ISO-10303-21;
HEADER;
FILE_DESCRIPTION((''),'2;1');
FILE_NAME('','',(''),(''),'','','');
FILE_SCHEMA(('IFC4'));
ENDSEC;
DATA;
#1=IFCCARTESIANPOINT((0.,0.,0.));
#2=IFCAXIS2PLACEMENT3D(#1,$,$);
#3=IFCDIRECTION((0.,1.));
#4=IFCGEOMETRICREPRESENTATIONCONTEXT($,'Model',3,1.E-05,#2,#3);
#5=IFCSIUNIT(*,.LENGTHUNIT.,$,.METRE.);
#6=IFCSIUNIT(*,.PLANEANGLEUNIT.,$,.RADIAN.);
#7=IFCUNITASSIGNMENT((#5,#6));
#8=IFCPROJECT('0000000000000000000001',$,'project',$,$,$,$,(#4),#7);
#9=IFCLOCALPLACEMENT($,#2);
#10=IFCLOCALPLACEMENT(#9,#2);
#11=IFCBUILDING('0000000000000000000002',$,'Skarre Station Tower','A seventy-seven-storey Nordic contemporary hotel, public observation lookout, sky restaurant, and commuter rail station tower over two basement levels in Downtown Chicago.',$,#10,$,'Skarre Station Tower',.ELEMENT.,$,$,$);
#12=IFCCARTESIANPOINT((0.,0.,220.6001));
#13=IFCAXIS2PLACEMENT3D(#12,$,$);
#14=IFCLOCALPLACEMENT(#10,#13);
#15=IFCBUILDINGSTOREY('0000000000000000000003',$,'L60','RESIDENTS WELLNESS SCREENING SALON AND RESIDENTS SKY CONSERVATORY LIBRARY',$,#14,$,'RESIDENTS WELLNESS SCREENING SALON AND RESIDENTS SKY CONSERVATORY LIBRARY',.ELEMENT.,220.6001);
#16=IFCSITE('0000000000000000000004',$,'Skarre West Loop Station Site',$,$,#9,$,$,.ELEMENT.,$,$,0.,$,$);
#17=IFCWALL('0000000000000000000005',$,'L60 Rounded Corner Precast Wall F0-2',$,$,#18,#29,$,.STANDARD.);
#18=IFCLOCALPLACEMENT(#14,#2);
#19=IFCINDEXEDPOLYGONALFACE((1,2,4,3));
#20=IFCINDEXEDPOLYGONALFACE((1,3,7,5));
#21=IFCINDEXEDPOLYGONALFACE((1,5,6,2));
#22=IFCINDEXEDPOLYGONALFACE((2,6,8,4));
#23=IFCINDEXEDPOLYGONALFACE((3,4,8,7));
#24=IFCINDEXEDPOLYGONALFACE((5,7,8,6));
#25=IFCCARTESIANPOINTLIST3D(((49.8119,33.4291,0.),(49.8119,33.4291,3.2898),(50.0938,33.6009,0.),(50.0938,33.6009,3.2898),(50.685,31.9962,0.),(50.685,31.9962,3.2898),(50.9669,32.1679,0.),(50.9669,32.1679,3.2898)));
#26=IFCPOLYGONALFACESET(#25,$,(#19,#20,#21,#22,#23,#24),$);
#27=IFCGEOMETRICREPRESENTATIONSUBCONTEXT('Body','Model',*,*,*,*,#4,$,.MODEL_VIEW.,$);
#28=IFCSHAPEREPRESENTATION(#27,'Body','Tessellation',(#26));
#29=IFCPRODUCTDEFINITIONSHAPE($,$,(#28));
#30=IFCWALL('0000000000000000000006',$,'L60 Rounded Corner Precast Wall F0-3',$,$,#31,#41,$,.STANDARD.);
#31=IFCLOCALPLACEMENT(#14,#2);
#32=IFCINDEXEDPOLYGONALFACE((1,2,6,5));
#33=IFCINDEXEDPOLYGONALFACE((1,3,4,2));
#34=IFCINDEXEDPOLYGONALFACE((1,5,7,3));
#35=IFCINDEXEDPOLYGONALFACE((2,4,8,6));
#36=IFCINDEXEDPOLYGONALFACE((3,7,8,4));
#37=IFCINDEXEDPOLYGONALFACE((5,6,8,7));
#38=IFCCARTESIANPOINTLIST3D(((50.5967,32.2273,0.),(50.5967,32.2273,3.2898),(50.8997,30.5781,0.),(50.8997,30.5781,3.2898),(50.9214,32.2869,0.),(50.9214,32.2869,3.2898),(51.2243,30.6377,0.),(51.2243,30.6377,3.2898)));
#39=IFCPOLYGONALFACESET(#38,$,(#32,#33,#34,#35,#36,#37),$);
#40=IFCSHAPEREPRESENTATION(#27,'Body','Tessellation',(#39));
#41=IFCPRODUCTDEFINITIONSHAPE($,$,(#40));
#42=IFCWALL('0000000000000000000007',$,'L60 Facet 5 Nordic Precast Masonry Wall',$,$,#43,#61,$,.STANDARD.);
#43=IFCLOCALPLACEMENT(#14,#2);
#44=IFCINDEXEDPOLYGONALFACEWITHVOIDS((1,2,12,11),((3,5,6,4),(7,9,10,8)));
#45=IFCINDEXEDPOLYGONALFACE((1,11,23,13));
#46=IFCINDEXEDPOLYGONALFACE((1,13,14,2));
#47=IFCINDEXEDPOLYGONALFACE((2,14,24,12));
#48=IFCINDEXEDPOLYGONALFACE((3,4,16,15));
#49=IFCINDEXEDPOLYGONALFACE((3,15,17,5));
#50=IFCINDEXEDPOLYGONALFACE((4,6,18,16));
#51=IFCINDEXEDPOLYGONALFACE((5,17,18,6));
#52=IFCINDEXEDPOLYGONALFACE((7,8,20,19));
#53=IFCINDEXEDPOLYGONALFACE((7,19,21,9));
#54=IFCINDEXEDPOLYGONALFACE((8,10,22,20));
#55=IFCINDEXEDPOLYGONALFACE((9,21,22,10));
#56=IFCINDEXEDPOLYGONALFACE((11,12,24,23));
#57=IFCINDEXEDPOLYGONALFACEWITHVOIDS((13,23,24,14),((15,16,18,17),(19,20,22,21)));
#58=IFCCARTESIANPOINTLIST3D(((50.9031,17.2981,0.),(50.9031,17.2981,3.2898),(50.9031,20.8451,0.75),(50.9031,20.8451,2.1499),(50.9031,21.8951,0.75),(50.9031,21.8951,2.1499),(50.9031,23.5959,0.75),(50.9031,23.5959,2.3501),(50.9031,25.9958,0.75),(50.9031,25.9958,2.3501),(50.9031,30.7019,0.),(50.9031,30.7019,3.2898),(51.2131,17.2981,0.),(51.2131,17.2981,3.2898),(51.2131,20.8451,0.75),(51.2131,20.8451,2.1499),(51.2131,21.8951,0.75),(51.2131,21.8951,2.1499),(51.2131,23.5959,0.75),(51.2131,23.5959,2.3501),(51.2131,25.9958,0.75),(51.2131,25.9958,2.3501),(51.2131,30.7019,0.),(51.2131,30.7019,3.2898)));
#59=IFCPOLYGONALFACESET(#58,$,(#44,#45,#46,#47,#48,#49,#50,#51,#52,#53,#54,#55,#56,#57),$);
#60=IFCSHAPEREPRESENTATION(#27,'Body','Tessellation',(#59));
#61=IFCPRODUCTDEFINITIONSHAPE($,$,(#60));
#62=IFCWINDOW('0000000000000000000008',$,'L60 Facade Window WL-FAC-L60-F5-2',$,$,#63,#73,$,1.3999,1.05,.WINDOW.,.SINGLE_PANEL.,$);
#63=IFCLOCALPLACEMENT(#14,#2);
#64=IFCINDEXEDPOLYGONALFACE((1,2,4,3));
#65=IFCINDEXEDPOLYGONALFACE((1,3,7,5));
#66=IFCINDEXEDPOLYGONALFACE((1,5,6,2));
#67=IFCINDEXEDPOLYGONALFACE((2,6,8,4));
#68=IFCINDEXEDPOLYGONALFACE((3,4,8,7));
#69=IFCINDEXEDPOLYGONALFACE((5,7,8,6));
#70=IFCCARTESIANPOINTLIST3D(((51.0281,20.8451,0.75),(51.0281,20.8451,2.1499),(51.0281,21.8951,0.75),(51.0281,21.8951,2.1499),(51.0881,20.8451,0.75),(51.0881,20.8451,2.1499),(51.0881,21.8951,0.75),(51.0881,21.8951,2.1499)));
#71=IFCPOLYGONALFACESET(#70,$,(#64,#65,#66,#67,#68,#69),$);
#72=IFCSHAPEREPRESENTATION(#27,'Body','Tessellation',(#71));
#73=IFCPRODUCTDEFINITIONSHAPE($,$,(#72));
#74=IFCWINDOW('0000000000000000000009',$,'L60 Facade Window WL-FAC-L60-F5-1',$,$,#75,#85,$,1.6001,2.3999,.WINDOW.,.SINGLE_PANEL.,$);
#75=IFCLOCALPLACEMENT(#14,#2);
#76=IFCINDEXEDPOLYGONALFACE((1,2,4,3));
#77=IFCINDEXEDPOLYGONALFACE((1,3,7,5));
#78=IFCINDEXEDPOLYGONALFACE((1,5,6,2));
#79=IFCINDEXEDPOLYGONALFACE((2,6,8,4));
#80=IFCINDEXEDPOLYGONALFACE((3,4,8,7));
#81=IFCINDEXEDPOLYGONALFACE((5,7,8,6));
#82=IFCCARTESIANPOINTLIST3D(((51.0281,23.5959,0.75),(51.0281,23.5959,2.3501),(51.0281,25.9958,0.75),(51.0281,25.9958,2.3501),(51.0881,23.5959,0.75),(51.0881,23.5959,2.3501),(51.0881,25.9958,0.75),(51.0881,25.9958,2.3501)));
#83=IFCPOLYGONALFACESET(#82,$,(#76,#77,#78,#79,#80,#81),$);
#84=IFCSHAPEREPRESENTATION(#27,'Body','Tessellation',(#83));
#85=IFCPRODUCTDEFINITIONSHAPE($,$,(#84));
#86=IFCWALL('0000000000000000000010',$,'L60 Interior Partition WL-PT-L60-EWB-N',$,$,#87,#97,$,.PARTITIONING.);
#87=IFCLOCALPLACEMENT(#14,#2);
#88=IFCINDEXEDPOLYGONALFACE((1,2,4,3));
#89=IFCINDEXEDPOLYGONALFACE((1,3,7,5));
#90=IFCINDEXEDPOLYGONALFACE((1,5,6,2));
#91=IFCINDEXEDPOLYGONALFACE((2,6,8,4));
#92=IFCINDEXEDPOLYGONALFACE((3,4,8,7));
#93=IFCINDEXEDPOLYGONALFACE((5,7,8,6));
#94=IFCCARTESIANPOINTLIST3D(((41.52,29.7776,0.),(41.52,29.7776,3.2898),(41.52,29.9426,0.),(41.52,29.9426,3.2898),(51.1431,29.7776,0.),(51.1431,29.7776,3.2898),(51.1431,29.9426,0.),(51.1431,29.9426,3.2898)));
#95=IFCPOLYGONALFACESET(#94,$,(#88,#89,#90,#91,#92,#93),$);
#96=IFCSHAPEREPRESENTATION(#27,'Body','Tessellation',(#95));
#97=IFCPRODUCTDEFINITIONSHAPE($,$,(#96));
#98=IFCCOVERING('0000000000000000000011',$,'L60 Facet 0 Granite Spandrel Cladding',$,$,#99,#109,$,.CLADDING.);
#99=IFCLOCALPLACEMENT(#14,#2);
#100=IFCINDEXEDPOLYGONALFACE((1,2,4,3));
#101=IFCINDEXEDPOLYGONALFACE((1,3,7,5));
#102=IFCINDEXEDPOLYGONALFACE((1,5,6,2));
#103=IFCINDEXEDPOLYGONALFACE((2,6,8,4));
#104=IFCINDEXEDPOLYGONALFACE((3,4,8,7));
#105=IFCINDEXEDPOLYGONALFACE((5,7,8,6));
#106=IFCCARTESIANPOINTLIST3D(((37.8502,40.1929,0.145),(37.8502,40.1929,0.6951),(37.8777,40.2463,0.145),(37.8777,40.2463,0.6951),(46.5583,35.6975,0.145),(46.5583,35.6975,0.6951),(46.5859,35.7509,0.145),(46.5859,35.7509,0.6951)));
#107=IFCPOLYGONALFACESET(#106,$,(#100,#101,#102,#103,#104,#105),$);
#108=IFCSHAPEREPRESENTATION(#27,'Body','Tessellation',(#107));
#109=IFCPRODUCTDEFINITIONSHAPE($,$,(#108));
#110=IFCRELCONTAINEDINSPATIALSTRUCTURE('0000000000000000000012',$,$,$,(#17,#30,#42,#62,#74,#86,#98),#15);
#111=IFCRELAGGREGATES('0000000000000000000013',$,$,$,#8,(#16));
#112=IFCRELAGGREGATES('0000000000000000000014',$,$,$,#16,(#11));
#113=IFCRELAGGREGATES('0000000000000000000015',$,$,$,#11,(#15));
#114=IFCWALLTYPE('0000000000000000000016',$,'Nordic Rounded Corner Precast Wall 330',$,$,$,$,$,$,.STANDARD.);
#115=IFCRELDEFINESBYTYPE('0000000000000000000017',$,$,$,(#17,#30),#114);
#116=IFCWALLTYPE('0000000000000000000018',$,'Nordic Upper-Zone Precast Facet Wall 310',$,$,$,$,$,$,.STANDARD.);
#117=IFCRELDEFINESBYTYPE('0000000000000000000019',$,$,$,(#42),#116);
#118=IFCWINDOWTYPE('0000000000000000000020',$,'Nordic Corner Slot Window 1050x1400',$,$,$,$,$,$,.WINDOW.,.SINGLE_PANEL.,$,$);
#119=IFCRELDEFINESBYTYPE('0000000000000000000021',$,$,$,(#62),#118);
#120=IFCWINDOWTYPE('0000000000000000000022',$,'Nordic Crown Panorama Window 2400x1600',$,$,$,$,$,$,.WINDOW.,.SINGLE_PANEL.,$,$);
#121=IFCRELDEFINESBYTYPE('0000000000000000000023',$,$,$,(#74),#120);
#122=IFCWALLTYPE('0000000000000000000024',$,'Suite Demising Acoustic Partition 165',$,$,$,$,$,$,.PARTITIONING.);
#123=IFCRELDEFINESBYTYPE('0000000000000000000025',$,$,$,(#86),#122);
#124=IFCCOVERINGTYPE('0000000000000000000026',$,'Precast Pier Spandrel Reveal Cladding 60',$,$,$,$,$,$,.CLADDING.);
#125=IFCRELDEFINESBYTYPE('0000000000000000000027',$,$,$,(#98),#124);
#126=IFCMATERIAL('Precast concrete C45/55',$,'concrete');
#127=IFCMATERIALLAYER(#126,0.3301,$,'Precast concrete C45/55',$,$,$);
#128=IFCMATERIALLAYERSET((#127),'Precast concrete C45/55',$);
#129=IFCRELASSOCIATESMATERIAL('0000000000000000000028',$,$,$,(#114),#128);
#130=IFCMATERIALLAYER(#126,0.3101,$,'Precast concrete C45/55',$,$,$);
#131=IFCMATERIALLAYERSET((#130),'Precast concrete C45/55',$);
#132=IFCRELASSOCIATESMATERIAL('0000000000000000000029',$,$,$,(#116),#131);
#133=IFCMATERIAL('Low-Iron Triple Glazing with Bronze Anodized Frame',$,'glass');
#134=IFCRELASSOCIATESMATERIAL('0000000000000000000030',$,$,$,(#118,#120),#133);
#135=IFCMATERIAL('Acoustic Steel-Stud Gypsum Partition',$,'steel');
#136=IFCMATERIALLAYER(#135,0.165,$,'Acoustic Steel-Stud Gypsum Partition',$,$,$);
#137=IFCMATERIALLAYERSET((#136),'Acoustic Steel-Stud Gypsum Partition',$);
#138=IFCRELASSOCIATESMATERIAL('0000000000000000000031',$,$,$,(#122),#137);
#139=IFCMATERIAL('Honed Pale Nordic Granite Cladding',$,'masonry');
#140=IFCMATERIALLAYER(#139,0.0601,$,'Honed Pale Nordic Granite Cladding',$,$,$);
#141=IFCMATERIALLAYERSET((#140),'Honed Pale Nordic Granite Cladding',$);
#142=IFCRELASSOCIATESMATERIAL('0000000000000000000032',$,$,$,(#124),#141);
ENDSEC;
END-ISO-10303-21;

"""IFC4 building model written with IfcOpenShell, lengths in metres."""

from ifc_helpers import new_model, si_unit, direction, frame, frame_2d, origin, origin_2d, place, context, subcontext, project, spatial, rectangle, extrude, material, layer, layer_set, type_object, element, fill, save


model = new_model("IFC4")

# Units and contexts
model_context = context("Model", 3, precision=1e-05, world=origin(), true_north=direction((0.0, 1.0)))
body_context = subcontext(model_context, "Body", "Model", "MODEL_VIEW")
ifc_project = project(units=[si_unit("LENGTHUNIT", "METRE"), si_unit("PLANEANGLEUNIT", "RADIAN")], contexts=[model_context])

# Site, building, storey
site_placement = place(None, origin())
site = spatial("IfcSite", under=ifc_project, at=site_placement, Name="Skarre West Loop Station Site", CompositionType="ELEMENT", RefElevation=0.0)
building_placement = place(site_placement, origin())
building = spatial("IfcBuilding", under=site, at=building_placement, Name="Skarre Station Tower", Description="A seventy-seven-storey Nordic contemporary hotel, public observation lookout, sky restaurant, and commuter rail station tower over two basement levels in Downtown Chicago.", LongName="Skarre Station Tower", CompositionType="ELEMENT")
storey_placement = place(building_placement, frame((0.0, 0.0, 220.6001)))
storey = spatial("IfcBuildingStorey", under=building, at=storey_placement, Name="L60", Description="RESIDENTS WELLNESS SCREENING SALON AND RESIDENTS SKY CONSERVATORY LIBRARY", LongName="RESIDENTS WELLNESS SCREENING SALON AND RESIDENTS SKY CONSERVATORY LIBRARY", CompositionType="ELEMENT", Elevation=220.6001)

# Shared definitions
ifc_material_1 = material(Name="Acoustic Steel-Stud Gypsum Partition", Category="steel")

# Walls
ifc_material_2 = material(Name="Precast concrete C45/55", Category="concrete")
ifc_layer_1 = layer(ifc_material_2, 0.3301, Name="Precast concrete C45/55")
ifc_layer_set_1 = layer_set([ifc_layer_1], Name="Precast concrete C45/55")
wall_type_1 = type_object("IfcWallType", Name="Nordic Rounded Corner Precast Wall 330", PredefinedType="STANDARD", material=ifc_layer_set_1)
wall_1_placement = place(storey_placement, frame((49.9529, 33.5149, 0.0), z_axis=(0.0, 0.0, 1.0), x_axis=(0.520325, -0.853968, 0.0)))
element("IfcWall", 1, at=wall_1_placement, inside=storey, type_object=wall_type_1, Name="L60 Rounded Corner Precast Wall F0-2", PredefinedType="STANDARD", context=body_context, shape_type="SweptSolid", body=[
    extrude(rectangle(XDim=1.678, YDim=0.3301, at=frame_2d((0.8389, 0.0))), origin(), (0.0, 0.0, 1.0), 3.2898),
])
wall_2_placement = place(storey_placement, frame((50.759, 32.2571, 0.0), z_axis=(0.0, 0.0, 1.0), x_axis=(0.180692, -0.98354, 0.0)))
element("IfcWall", 2, at=wall_2_placement, inside=storey, type_object=wall_type_1, Name="L60 Rounded Corner Precast Wall F0-3", PredefinedType="STANDARD", context=body_context, shape_type="SweptSolid", body=[
    extrude(rectangle(XDim=1.6768, YDim=0.3301, at=frame_2d((0.8384, 0.0))), origin(), (0.0, 0.0, 1.0), 3.2898),
])

# Wall, openings, windows
ifc_layer_2 = layer(ifc_material_2, 0.3101, Name="Precast concrete C45/55")
ifc_layer_set_2 = layer_set([ifc_layer_2], Name="Precast concrete C45/55")
wall_type_2 = type_object("IfcWallType", Name="Nordic Upper-Zone Precast Facet Wall 310", PredefinedType="STANDARD", material=ifc_layer_set_2)
wall_3_placement = place(storey_placement, frame((51.0581, 30.7019, 0.0), z_axis=(0.0, 0.0, 1.0), x_axis=(0.0, -1.0, 0.0)))
wall_3 = element("IfcWall", 3, at=wall_3_placement, inside=storey, type_object=wall_type_2, Name="L60 Facet 5 Nordic Precast Masonry Wall", PredefinedType="STANDARD", context=body_context, shape_type="SweptSolid", body=[
    extrude(rectangle(XDim=13.4038, YDim=0.3101, at=frame_2d((6.7019, 0.0))), origin(), (0.0, 0.0, 1.0), 3.2898),
])
opening_1_placement = place(wall_3_placement, frame((4.7061, 0.0, 0.75)))
opening_1 = element("IfcOpeningElement", 4, at=opening_1_placement, cuts=wall_3, PredefinedType="OPENING", context=body_context, shape_type="SweptSolid", body=[
    extrude(rectangle(XDim=2.3999, YDim=1.6001, at=frame_2d((1.2, 0.8))), frame((0.0, 0.165, 0.0), z_axis=(0.0, -1.0, 0.0), x_axis=(1.0, 0.0, 0.0)), (0.0, 0.0, 1.0), 0.3301),
])
opening_2_placement = place(wall_3_placement, frame((8.8069, 0.0, 0.75)))
opening_2 = element("IfcOpeningElement", 5, at=opening_2_placement, cuts=wall_3, PredefinedType="OPENING", context=body_context, shape_type="SweptSolid", body=[
    extrude(rectangle(XDim=1.05, YDim=1.3999, at=frame_2d((0.5249, 0.7))), frame((0.0, 0.165, 0.0), z_axis=(0.0, -1.0, 0.0), x_axis=(1.0, 0.0, 0.0)), (0.0, 0.0, 1.0), 0.3301),
])
ifc_material_3 = material(Name="Low-Iron Triple Glazing with Bronze Anodized Frame", Category="glass")
window_type_1 = type_object("IfcWindowType", Name="Nordic Corner Slot Window 1050x1400", PartitioningType="SINGLE_PANEL", PredefinedType="WINDOW", material=ifc_material_3)
window_1_placement = place(opening_2_placement, origin())
window_1 = element("IfcWindow", 6, at=window_1_placement, inside=storey, type_object=window_type_1, Name="L60 Facade Window WL-FAC-L60-F5-2", OverallHeight=1.3999, OverallWidth=1.05, PartitioningType="SINGLE_PANEL", PredefinedType="WINDOW", context=body_context, shape_type="SweptSolid", body=[
    extrude(rectangle(XDim=1.05, YDim=1.3999, at=frame_2d((0.5249, 0.7))), frame((0.0, 0.03, 0.0), z_axis=(0.0, -1.0, 0.0), x_axis=(1.0, 0.0, 0.0)), (0.0, 0.0, 1.0), 0.0601),
])
fill(opening_2, window_1)
window_type_2 = type_object("IfcWindowType", Name="Nordic Crown Panorama Window 2400x1600", PartitioningType="SINGLE_PANEL", PredefinedType="WINDOW", material=ifc_material_3)
window_2_placement = place(opening_1_placement, origin())
window_2 = element("IfcWindow", 7, at=window_2_placement, inside=storey, type_object=window_type_2, Name="L60 Facade Window WL-FAC-L60-F5-1", OverallHeight=1.6001, OverallWidth=2.3999, PartitioningType="SINGLE_PANEL", PredefinedType="WINDOW", context=body_context, shape_type="SweptSolid", body=[
    extrude(rectangle(XDim=2.3999, YDim=1.6001, at=frame_2d((1.2, 0.8))), frame((0.0, 0.03, 0.0), z_axis=(0.0, -1.0, 0.0), x_axis=(1.0, 0.0, 0.0)), (0.0, 0.0, 1.0), 0.0601),
])
fill(opening_1, window_2)

# Wall
ifc_layer_3 = layer(ifc_material_1, 0.165, Name="Acoustic Steel-Stud Gypsum Partition")
ifc_layer_set_3 = layer_set([ifc_layer_3], Name="Acoustic Steel-Stud Gypsum Partition")
wall_type_3 = type_object("IfcWallType", Name="Suite Demising Acoustic Partition 165", PredefinedType="PARTITIONING", material=ifc_layer_set_3)
wall_4_placement = place(storey_placement, frame((41.52, 29.8601, 0.0), z_axis=(0.0, 0.0, 1.0), x_axis=(1.0, 0.0, 0.0)))
element("IfcWall", 8, at=wall_4_placement, inside=storey, type_object=wall_type_3, Name="L60 Interior Partition WL-PT-L60-EWB-N", PredefinedType="PARTITIONING", context=body_context, shape_type="SweptSolid", body=[
    extrude(rectangle(XDim=9.623, YDim=0.165, at=frame_2d((4.8115, 0.0))), origin(), (0.0, 0.0, 1.0), 3.2898),
])

# Covering
ifc_material_4 = material(Name="Honed Pale Nordic Granite Cladding", Category="masonry")
ifc_layer_4 = layer(ifc_material_4, 0.0601, Name="Honed Pale Nordic Granite Cladding")
ifc_layer_set_4 = layer_set([ifc_layer_4], Name="Honed Pale Nordic Granite Cladding")
covering_type = type_object("IfcCoveringType", Name="Precast Pier Spandrel Reveal Cladding 60", PredefinedType="CLADDING", material=ifc_layer_set_4)
covering_placement = place(storey_placement, frame((42.218, 37.9719, 0.145), z_axis=(0.0, 0.0, 1.0), x_axis=(-0.888585, 0.458712, 0.0)))
element("IfcCovering", 9, at=covering_placement, inside=storey, type_object=covering_type, Name="L60 Facet 0 Granite Spandrel Cladding", PredefinedType="CLADDING", context=body_context, shape_type="SweptSolid", body=[
    extrude(rectangle(XDim=9.8, YDim=0.0601, at=origin_2d()), origin(), (0.0, 0.0, 1.0), 0.55),
])

save(model, "model.ifc")
